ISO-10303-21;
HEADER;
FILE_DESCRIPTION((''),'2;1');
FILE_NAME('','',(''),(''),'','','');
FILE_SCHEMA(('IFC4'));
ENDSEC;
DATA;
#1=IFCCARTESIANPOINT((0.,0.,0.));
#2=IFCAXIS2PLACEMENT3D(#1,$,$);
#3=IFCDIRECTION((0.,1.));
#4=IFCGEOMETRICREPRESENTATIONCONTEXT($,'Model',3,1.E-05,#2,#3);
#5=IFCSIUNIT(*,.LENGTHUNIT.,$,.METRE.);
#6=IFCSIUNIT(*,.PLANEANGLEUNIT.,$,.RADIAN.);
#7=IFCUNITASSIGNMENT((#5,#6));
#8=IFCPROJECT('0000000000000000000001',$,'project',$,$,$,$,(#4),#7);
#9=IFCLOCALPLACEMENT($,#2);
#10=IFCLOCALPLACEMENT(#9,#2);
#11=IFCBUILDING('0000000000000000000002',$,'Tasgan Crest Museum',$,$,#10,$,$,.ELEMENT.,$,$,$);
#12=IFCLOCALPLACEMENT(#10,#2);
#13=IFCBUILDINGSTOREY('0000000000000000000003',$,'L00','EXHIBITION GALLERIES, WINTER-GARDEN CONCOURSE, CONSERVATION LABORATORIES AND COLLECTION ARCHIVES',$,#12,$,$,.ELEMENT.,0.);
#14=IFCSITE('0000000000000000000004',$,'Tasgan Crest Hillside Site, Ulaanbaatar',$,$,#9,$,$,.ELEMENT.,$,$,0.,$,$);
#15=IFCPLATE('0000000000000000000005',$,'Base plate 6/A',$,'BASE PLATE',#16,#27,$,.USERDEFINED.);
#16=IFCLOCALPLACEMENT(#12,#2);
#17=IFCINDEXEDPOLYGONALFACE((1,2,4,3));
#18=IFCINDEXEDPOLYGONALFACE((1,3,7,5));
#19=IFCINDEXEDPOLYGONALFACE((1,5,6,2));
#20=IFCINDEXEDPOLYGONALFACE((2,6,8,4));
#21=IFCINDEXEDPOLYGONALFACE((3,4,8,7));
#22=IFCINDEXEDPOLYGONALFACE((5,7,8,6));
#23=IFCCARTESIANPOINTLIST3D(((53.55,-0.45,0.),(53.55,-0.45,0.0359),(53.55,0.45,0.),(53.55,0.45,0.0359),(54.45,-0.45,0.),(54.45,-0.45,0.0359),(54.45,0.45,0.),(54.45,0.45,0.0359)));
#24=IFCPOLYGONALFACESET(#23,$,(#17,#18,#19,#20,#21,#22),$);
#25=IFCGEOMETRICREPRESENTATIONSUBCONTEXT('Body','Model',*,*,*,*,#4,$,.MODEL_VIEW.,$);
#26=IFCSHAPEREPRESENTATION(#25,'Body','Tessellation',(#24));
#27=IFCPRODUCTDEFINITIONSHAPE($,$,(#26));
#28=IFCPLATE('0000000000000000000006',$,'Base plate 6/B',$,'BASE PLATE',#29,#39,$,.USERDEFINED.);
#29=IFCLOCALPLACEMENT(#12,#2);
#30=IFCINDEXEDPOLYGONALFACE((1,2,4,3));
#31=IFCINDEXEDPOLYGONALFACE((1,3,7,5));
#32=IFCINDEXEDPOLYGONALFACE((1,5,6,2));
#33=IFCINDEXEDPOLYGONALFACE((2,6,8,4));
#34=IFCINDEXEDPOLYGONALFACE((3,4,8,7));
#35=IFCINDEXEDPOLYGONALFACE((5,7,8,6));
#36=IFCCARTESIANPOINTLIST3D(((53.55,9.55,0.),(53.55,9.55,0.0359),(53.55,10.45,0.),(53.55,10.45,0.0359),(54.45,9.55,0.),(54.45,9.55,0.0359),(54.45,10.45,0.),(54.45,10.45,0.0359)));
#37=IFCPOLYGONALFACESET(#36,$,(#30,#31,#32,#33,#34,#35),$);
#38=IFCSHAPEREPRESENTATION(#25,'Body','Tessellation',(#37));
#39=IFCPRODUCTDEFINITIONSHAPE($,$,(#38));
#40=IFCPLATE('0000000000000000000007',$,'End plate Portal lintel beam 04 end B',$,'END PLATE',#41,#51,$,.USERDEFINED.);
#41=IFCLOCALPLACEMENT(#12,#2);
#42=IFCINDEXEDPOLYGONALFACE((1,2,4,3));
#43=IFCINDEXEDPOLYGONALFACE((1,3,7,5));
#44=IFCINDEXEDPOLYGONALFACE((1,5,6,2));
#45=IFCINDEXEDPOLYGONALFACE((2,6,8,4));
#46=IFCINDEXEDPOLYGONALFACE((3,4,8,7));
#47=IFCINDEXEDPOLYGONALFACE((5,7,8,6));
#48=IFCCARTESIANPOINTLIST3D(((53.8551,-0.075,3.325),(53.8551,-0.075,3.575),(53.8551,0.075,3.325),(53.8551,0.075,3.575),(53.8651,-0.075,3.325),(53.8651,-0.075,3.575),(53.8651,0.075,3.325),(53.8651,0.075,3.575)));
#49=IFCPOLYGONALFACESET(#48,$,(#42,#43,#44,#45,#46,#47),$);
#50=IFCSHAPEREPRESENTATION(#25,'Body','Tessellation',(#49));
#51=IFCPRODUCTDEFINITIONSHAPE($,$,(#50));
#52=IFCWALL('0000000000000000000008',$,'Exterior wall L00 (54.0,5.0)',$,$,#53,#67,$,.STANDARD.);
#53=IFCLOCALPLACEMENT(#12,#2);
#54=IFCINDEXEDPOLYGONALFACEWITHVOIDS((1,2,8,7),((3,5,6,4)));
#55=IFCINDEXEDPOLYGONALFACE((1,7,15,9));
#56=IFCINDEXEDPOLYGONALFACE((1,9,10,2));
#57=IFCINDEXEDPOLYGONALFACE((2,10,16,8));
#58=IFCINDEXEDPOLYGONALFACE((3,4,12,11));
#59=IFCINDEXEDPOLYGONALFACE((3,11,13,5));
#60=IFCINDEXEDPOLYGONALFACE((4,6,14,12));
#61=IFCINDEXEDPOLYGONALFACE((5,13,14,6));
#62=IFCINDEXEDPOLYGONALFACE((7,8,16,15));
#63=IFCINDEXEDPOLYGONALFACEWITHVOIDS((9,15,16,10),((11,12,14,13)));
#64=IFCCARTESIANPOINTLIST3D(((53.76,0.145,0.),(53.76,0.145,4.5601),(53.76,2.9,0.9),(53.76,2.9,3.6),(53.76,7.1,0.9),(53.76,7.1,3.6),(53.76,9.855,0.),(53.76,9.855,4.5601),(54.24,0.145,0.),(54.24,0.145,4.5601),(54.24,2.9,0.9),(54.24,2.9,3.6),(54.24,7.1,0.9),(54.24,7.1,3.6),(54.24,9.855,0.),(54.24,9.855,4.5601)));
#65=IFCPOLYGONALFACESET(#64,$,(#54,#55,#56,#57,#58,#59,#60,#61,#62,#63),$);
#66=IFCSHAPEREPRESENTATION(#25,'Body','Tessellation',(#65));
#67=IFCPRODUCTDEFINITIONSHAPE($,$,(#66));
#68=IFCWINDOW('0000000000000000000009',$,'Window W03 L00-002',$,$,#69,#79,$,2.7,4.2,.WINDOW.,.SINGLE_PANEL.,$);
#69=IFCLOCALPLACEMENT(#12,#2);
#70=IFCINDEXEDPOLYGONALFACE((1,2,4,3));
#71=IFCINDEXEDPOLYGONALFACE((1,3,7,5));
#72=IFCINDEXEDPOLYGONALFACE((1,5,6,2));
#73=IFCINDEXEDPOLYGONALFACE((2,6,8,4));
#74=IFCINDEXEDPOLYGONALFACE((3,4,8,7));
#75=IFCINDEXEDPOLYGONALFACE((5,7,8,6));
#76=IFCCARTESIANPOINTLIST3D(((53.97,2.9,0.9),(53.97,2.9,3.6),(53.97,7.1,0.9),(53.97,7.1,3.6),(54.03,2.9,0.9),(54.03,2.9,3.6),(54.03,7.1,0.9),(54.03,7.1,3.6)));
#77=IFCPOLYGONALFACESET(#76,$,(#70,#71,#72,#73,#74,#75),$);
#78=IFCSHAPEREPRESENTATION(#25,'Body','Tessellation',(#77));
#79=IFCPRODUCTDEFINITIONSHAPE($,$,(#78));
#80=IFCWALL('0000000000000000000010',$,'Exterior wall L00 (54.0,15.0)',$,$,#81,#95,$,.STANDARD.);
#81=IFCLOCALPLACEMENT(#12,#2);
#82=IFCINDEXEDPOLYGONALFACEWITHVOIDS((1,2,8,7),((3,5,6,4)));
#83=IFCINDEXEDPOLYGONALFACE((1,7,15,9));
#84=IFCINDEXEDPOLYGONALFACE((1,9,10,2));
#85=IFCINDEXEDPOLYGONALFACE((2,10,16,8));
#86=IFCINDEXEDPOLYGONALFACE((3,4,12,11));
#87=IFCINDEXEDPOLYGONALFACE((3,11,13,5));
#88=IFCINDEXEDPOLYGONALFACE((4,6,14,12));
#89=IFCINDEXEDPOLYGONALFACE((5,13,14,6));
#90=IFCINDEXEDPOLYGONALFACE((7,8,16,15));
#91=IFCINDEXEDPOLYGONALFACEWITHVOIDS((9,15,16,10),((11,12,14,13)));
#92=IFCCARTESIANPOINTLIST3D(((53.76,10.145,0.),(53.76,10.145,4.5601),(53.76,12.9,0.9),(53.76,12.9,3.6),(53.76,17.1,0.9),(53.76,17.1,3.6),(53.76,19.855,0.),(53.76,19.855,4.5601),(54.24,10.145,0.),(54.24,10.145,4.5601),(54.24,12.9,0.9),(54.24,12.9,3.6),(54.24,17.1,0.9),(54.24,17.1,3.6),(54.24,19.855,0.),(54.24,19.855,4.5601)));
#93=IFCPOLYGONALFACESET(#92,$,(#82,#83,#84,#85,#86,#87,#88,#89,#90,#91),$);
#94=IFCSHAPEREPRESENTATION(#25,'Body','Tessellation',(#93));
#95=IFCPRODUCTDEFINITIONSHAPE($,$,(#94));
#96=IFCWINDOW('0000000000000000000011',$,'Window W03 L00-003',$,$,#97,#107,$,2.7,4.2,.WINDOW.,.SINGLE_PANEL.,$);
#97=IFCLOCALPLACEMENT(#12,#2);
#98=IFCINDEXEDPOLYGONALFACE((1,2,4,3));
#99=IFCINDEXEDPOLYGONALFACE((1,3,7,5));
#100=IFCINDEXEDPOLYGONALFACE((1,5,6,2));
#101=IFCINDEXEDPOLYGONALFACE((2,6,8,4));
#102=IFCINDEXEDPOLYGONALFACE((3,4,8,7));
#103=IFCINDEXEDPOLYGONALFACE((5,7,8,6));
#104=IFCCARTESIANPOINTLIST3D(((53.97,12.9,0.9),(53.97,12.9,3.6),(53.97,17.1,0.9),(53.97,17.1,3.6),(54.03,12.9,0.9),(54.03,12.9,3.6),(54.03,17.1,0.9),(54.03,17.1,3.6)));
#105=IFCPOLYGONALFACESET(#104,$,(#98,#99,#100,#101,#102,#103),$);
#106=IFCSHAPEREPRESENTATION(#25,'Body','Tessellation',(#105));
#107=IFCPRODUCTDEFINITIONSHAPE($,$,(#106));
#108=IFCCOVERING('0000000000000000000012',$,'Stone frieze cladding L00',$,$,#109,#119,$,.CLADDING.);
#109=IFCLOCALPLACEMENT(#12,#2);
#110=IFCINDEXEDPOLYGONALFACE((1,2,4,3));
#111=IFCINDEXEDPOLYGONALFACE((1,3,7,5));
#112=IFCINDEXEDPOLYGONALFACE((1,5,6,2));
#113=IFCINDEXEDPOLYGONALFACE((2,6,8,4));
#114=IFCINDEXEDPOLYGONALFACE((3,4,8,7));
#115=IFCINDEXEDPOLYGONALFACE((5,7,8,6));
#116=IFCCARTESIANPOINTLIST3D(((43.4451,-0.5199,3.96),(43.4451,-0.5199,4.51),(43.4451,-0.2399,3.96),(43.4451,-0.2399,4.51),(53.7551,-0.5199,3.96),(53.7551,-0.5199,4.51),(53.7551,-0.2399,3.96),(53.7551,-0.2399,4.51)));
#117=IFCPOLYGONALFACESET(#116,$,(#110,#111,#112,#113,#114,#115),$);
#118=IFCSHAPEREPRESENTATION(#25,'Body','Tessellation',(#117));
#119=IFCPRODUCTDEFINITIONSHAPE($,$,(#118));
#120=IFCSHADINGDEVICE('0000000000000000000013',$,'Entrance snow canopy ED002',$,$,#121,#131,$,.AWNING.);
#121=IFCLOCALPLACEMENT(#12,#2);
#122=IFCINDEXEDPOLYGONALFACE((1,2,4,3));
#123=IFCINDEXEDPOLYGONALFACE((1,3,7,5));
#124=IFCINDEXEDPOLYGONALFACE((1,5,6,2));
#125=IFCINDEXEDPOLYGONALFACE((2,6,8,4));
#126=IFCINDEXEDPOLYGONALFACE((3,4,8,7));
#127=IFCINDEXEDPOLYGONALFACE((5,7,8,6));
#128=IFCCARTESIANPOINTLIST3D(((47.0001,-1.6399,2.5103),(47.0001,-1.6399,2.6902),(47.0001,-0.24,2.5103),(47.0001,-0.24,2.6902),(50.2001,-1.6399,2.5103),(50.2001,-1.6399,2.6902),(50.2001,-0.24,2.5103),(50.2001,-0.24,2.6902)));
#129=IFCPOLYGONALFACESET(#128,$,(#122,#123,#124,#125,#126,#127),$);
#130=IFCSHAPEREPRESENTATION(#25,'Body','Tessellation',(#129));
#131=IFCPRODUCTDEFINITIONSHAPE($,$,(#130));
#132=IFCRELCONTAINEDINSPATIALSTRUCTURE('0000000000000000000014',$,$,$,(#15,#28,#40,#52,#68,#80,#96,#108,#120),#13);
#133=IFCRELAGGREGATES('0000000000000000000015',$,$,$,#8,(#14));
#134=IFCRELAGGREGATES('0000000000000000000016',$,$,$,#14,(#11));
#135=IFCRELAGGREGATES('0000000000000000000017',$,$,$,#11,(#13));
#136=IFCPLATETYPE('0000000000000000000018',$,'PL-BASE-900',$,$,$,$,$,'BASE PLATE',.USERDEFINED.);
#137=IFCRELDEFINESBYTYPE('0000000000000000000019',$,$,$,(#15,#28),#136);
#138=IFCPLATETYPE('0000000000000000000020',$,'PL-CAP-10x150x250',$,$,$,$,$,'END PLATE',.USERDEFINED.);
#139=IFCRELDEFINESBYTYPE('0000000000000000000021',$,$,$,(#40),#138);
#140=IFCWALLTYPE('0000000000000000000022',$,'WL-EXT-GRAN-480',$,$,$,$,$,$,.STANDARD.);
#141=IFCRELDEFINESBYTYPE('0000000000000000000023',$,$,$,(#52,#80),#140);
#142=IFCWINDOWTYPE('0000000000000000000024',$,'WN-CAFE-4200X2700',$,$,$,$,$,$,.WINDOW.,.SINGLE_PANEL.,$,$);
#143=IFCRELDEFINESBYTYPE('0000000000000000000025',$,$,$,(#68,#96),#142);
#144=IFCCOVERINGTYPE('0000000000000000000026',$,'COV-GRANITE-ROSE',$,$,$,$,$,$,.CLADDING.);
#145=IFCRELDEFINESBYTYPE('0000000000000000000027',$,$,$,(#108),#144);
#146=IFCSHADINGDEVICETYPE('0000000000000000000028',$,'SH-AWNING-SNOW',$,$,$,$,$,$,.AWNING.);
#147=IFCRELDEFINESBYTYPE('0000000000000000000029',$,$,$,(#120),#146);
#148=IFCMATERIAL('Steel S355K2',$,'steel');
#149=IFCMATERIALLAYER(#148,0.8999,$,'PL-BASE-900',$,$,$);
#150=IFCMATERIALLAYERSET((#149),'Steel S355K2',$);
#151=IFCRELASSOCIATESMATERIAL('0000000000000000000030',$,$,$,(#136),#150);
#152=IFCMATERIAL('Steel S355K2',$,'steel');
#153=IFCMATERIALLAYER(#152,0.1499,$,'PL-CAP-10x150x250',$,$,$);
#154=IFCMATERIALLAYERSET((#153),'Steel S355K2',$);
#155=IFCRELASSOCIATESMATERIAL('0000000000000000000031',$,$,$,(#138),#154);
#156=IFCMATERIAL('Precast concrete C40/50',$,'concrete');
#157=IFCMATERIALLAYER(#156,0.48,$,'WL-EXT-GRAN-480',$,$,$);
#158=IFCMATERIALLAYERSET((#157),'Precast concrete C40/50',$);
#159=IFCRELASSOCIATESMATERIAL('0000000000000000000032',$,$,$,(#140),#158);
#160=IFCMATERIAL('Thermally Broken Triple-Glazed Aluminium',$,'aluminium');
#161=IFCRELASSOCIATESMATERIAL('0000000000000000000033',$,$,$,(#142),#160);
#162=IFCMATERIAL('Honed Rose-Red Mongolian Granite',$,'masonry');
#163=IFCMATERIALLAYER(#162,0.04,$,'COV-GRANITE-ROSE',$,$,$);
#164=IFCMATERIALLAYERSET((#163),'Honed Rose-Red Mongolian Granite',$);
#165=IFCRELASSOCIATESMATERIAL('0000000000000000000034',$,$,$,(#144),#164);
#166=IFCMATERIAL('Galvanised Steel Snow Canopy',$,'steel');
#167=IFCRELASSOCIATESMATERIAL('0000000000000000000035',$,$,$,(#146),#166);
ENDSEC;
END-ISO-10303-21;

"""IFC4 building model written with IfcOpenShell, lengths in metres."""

from ifc_helpers import new_model, si_unit, direction, frame, frame_2d, origin, origin_2d, place, context, subcontext, project, spatial, rectangle, extrude, material, layer, layer_set, type_object, element, fill, save


model = new_model("IFC4")

# Units and contexts
model_context = context("Model", 3, precision=1e-05, world=origin(), true_north=direction((0.0, 1.0)))
body_context = subcontext(model_context, "Body", "Model", "MODEL_VIEW")
ifc_project = project(units=[si_unit("LENGTHUNIT", "METRE"), si_unit("PLANEANGLEUNIT", "RADIAN")], contexts=[model_context])

# Site, building, storey
site_placement = place(None, origin())
site = spatial("IfcSite", under=ifc_project, at=site_placement, Name="Tasgan Crest Hillside Site, Ulaanbaatar", CompositionType="ELEMENT", RefElevation=0.0)
building_placement = place(site_placement, origin())
building = spatial("IfcBuilding", under=site, at=building_placement, Name="Tasgan Crest Museum", CompositionType="ELEMENT")
storey_placement = place(building_placement, origin())
storey = spatial("IfcBuildingStorey", under=building, at=storey_placement, Name="L00", Description="EXHIBITION GALLERIES, WINTER-GARDEN CONCOURSE, CONSERVATION LABORATORIES AND COLLECTION ARCHIVES", CompositionType="ELEMENT", Elevation=0.0)

# Plates
ifc_material_1 = material(Name="Steel S355K2", Category="steel")
ifc_layer_1 = layer(ifc_material_1, 0.8999, Name="PL-BASE-900")
ifc_layer_set_1 = layer_set([ifc_layer_1], Name="Steel S355K2")
plate_type_1 = type_object("IfcPlateType", Name="PL-BASE-900", ElementType="BASE PLATE", PredefinedType="USERDEFINED", material=ifc_layer_set_1)
for number, where, z_axis, x_axis, name in (
    (1, (54.0, 0.0, 0.0), (0.0, 0.0, 1.0), (1.0, 0.0, 0.0), "Base plate 6/A"),
    (2, (54.0, 10.0, 0.0), (0.0, 0.0, 1.0), (1.0, 0.0, 0.0), "Base plate 6/B"),
):
    element("IfcPlate", number, at=place(storey_placement, frame(where, z_axis=z_axis, x_axis=x_axis)), inside=storey, type_object=plate_type_1, Name=name, ObjectType="BASE PLATE", PredefinedType="USERDEFINED", context=body_context, shape_type="SweptSolid", body=[
        extrude(rectangle(XDim=0.8999, YDim=0.8999, at=origin_2d()), origin(), (0.0, 0.0, 1.0), 0.0359),
    ])
ifc_material_2 = material(Name="Steel S355K2", Category="steel")
ifc_layer_2 = layer(ifc_material_2, 0.1499, Name="PL-CAP-10x150x250")
ifc_layer_set_2 = layer_set([ifc_layer_2], Name="Steel S355K2")
plate_type_2 = type_object("IfcPlateType", Name="PL-CAP-10x150x250", ElementType="END PLATE", PredefinedType="USERDEFINED", material=ifc_layer_set_2)
plate_placement = place(storey_placement, frame((53.8601, 0.0, 3.325), z_axis=(0.0, 0.0, 1.0), x_axis=(1.0, 0.0, 0.0)))
element("IfcPlate", 3, at=plate_placement, inside=storey, type_object=plate_type_2, Name="End plate Portal lintel beam 04 end B", ObjectType="END PLATE", PredefinedType="USERDEFINED", context=body_context, shape_type="SweptSolid", body=[
    extrude(rectangle(XDim=0.01, YDim=0.1499, at=origin_2d()), origin(), (0.0, 0.0, 1.0), 0.25),
])

# Walls, openings, windows
ifc_material_3 = material(Name="Precast concrete C40/50", Category="concrete")
ifc_layer_3 = layer(ifc_material_3, 0.48, Name="WL-EXT-GRAN-480")
ifc_layer_set_3 = layer_set([ifc_layer_3], Name="Precast concrete C40/50")
wall_type = type_object("IfcWallType", Name="WL-EXT-GRAN-480", PredefinedType="STANDARD", material=ifc_layer_set_3)
wall_1_placement = place(storey_placement, frame((54.0, 0.145, 0.0), z_axis=(0.0, 0.0, 1.0), x_axis=(0.0, 1.0, 0.0)))
wall_1 = element("IfcWall", 4, at=wall_1_placement, inside=storey, type_object=wall_type, Name="Exterior wall L00 (54.0,5.0)", PredefinedType="STANDARD", context=body_context, shape_type="SweptSolid", body=[
    extrude(rectangle(XDim=9.71, YDim=0.48, at=frame_2d((4.855, 0.0))), origin(), (0.0, 0.0, 1.0), 4.5601),
])
opening_1_placement = place(wall_1_placement, frame((2.7549, 0.0, 0.8999)))
opening_1 = element("IfcOpeningElement", 5, at=opening_1_placement, cuts=wall_1, PredefinedType="OPENING", context=body_context, shape_type="SweptSolid", body=[
    extrude(rectangle(XDim=4.2, YDim=2.7, at=frame_2d((2.1001, 1.3501))), frame((0.0, 0.25, 0.0), z_axis=(0.0, -1.0, 0.0), x_axis=(1.0, 0.0, 0.0)), (0.0, 0.0, 1.0), 0.5),
])
ifc_material_4 = material(Name="Thermally Broken Triple-Glazed Aluminium", Category="aluminium")
window_type = type_object("IfcWindowType", Name="WN-CAFE-4200X2700", PartitioningType="SINGLE_PANEL", PredefinedType="WINDOW", material=ifc_material_4)
window_1_placement = place(opening_1_placement, origin())
window_1 = element("IfcWindow", 6, at=window_1_placement, inside=storey, type_object=window_type, Name="Window W03 L00-002", OverallHeight=2.7, OverallWidth=4.2, PartitioningType="SINGLE_PANEL", PredefinedType="WINDOW", context=body_context, shape_type="SweptSolid", body=[
    extrude(rectangle(XDim=4.2, YDim=2.7, at=frame_2d((2.1001, 1.3501))), frame((0.0, 0.03, 0.0), z_axis=(0.0, -1.0, 0.0), x_axis=(1.0, 0.0, 0.0)), (0.0, 0.0, 1.0), 0.0601),
])
fill(opening_1, window_1)
wall_2_placement = place(storey_placement, frame((54.0, 10.145, 0.0), z_axis=(0.0, 0.0, 1.0), x_axis=(0.0, 1.0, 0.0)))
wall_2 = element("IfcWall", 7, at=wall_2_placement, inside=storey, type_object=wall_type, Name="Exterior wall L00 (54.0,15.0)", PredefinedType="STANDARD", context=body_context, shape_type="SweptSolid", body=[
    extrude(rectangle(XDim=9.71, YDim=0.48, at=frame_2d((4.855, 0.0))), origin(), (0.0, 0.0, 1.0), 4.5601),
])
opening_2_placement = place(wall_2_placement, frame((2.7549, 0.0, 0.8999)))
opening_2 = element("IfcOpeningElement", 8, at=opening_2_placement, cuts=wall_2, PredefinedType="OPENING", context=body_context, shape_type="SweptSolid", body=[
    extrude(rectangle(XDim=4.2, YDim=2.7, at=frame_2d((2.1001, 1.3501))), frame((0.0, 0.25, 0.0), z_axis=(0.0, -1.0, 0.0), x_axis=(1.0, 0.0, 0.0)), (0.0, 0.0, 1.0), 0.5),
])
window_2_placement = place(opening_2_placement, origin())
window_2 = element("IfcWindow", 9, at=window_2_placement, inside=storey, type_object=window_type, Name="Window W03 L00-003", OverallHeight=2.7, OverallWidth=4.2, PartitioningType="SINGLE_PANEL", PredefinedType="WINDOW", context=body_context, shape_type="SweptSolid", body=[
    extrude(rectangle(XDim=4.2, YDim=2.7, at=frame_2d((2.1001, 1.3501))), frame((0.0, 0.03, 0.0), z_axis=(0.0, -1.0, 0.0), x_axis=(1.0, 0.0, 0.0)), (0.0, 0.0, 1.0), 0.0601),
])
fill(opening_2, window_2)

# Covering
ifc_material_5 = material(Name="Honed Rose-Red Mongolian Granite", Category="masonry")
ifc_layer_4 = layer(ifc_material_5, 0.04, Name="COV-GRANITE-ROSE")
ifc_layer_set_4 = layer_set([ifc_layer_4], Name="Honed Rose-Red Mongolian Granite")
covering_type = type_object("IfcCoveringType", Name="COV-GRANITE-ROSE", PredefinedType="CLADDING", material=ifc_layer_set_4)
covering_placement = place(storey_placement, frame((48.6001, -0.3799, 3.96), z_axis=(0.0, 0.0, 1.0), x_axis=(1.0, 0.0, 0.0)))
element("IfcCovering", 10, at=covering_placement, inside=storey, type_object=covering_type, Name="Stone frieze cladding L00", PredefinedType="CLADDING", context=body_context, shape_type="SweptSolid", body=[
    extrude(rectangle(XDim=10.3101, YDim=0.28, at=origin_2d()), origin(), (0.0, 0.0, 1.0), 0.55),
])

# Shading device
ifc_material_6 = material(Name="Galvanised Steel Snow Canopy", Category="steel")
shading_device_type = type_object("IfcShadingDeviceType", Name="SH-AWNING-SNOW", PredefinedType="AWNING", material=ifc_material_6)
shading_device_placement = place(storey_placement, frame((48.6001, -0.9399, 2.5103), z_axis=(0.0, 0.0, 1.0), x_axis=(1.0, 0.0, 0.0)))
element("IfcShadingDevice", 11, at=shading_device_placement, inside=storey, type_object=shading_device_type, Name="Entrance snow canopy ED002", PredefinedType="AWNING", context=body_context, shape_type="SweptSolid", body=[
    extrude(rectangle(XDim=3.2, YDim=1.3999, at=origin_2d()), origin(), (0.0, 0.0, 1.0), 0.1799),
])

save(model, "model.ifc")
